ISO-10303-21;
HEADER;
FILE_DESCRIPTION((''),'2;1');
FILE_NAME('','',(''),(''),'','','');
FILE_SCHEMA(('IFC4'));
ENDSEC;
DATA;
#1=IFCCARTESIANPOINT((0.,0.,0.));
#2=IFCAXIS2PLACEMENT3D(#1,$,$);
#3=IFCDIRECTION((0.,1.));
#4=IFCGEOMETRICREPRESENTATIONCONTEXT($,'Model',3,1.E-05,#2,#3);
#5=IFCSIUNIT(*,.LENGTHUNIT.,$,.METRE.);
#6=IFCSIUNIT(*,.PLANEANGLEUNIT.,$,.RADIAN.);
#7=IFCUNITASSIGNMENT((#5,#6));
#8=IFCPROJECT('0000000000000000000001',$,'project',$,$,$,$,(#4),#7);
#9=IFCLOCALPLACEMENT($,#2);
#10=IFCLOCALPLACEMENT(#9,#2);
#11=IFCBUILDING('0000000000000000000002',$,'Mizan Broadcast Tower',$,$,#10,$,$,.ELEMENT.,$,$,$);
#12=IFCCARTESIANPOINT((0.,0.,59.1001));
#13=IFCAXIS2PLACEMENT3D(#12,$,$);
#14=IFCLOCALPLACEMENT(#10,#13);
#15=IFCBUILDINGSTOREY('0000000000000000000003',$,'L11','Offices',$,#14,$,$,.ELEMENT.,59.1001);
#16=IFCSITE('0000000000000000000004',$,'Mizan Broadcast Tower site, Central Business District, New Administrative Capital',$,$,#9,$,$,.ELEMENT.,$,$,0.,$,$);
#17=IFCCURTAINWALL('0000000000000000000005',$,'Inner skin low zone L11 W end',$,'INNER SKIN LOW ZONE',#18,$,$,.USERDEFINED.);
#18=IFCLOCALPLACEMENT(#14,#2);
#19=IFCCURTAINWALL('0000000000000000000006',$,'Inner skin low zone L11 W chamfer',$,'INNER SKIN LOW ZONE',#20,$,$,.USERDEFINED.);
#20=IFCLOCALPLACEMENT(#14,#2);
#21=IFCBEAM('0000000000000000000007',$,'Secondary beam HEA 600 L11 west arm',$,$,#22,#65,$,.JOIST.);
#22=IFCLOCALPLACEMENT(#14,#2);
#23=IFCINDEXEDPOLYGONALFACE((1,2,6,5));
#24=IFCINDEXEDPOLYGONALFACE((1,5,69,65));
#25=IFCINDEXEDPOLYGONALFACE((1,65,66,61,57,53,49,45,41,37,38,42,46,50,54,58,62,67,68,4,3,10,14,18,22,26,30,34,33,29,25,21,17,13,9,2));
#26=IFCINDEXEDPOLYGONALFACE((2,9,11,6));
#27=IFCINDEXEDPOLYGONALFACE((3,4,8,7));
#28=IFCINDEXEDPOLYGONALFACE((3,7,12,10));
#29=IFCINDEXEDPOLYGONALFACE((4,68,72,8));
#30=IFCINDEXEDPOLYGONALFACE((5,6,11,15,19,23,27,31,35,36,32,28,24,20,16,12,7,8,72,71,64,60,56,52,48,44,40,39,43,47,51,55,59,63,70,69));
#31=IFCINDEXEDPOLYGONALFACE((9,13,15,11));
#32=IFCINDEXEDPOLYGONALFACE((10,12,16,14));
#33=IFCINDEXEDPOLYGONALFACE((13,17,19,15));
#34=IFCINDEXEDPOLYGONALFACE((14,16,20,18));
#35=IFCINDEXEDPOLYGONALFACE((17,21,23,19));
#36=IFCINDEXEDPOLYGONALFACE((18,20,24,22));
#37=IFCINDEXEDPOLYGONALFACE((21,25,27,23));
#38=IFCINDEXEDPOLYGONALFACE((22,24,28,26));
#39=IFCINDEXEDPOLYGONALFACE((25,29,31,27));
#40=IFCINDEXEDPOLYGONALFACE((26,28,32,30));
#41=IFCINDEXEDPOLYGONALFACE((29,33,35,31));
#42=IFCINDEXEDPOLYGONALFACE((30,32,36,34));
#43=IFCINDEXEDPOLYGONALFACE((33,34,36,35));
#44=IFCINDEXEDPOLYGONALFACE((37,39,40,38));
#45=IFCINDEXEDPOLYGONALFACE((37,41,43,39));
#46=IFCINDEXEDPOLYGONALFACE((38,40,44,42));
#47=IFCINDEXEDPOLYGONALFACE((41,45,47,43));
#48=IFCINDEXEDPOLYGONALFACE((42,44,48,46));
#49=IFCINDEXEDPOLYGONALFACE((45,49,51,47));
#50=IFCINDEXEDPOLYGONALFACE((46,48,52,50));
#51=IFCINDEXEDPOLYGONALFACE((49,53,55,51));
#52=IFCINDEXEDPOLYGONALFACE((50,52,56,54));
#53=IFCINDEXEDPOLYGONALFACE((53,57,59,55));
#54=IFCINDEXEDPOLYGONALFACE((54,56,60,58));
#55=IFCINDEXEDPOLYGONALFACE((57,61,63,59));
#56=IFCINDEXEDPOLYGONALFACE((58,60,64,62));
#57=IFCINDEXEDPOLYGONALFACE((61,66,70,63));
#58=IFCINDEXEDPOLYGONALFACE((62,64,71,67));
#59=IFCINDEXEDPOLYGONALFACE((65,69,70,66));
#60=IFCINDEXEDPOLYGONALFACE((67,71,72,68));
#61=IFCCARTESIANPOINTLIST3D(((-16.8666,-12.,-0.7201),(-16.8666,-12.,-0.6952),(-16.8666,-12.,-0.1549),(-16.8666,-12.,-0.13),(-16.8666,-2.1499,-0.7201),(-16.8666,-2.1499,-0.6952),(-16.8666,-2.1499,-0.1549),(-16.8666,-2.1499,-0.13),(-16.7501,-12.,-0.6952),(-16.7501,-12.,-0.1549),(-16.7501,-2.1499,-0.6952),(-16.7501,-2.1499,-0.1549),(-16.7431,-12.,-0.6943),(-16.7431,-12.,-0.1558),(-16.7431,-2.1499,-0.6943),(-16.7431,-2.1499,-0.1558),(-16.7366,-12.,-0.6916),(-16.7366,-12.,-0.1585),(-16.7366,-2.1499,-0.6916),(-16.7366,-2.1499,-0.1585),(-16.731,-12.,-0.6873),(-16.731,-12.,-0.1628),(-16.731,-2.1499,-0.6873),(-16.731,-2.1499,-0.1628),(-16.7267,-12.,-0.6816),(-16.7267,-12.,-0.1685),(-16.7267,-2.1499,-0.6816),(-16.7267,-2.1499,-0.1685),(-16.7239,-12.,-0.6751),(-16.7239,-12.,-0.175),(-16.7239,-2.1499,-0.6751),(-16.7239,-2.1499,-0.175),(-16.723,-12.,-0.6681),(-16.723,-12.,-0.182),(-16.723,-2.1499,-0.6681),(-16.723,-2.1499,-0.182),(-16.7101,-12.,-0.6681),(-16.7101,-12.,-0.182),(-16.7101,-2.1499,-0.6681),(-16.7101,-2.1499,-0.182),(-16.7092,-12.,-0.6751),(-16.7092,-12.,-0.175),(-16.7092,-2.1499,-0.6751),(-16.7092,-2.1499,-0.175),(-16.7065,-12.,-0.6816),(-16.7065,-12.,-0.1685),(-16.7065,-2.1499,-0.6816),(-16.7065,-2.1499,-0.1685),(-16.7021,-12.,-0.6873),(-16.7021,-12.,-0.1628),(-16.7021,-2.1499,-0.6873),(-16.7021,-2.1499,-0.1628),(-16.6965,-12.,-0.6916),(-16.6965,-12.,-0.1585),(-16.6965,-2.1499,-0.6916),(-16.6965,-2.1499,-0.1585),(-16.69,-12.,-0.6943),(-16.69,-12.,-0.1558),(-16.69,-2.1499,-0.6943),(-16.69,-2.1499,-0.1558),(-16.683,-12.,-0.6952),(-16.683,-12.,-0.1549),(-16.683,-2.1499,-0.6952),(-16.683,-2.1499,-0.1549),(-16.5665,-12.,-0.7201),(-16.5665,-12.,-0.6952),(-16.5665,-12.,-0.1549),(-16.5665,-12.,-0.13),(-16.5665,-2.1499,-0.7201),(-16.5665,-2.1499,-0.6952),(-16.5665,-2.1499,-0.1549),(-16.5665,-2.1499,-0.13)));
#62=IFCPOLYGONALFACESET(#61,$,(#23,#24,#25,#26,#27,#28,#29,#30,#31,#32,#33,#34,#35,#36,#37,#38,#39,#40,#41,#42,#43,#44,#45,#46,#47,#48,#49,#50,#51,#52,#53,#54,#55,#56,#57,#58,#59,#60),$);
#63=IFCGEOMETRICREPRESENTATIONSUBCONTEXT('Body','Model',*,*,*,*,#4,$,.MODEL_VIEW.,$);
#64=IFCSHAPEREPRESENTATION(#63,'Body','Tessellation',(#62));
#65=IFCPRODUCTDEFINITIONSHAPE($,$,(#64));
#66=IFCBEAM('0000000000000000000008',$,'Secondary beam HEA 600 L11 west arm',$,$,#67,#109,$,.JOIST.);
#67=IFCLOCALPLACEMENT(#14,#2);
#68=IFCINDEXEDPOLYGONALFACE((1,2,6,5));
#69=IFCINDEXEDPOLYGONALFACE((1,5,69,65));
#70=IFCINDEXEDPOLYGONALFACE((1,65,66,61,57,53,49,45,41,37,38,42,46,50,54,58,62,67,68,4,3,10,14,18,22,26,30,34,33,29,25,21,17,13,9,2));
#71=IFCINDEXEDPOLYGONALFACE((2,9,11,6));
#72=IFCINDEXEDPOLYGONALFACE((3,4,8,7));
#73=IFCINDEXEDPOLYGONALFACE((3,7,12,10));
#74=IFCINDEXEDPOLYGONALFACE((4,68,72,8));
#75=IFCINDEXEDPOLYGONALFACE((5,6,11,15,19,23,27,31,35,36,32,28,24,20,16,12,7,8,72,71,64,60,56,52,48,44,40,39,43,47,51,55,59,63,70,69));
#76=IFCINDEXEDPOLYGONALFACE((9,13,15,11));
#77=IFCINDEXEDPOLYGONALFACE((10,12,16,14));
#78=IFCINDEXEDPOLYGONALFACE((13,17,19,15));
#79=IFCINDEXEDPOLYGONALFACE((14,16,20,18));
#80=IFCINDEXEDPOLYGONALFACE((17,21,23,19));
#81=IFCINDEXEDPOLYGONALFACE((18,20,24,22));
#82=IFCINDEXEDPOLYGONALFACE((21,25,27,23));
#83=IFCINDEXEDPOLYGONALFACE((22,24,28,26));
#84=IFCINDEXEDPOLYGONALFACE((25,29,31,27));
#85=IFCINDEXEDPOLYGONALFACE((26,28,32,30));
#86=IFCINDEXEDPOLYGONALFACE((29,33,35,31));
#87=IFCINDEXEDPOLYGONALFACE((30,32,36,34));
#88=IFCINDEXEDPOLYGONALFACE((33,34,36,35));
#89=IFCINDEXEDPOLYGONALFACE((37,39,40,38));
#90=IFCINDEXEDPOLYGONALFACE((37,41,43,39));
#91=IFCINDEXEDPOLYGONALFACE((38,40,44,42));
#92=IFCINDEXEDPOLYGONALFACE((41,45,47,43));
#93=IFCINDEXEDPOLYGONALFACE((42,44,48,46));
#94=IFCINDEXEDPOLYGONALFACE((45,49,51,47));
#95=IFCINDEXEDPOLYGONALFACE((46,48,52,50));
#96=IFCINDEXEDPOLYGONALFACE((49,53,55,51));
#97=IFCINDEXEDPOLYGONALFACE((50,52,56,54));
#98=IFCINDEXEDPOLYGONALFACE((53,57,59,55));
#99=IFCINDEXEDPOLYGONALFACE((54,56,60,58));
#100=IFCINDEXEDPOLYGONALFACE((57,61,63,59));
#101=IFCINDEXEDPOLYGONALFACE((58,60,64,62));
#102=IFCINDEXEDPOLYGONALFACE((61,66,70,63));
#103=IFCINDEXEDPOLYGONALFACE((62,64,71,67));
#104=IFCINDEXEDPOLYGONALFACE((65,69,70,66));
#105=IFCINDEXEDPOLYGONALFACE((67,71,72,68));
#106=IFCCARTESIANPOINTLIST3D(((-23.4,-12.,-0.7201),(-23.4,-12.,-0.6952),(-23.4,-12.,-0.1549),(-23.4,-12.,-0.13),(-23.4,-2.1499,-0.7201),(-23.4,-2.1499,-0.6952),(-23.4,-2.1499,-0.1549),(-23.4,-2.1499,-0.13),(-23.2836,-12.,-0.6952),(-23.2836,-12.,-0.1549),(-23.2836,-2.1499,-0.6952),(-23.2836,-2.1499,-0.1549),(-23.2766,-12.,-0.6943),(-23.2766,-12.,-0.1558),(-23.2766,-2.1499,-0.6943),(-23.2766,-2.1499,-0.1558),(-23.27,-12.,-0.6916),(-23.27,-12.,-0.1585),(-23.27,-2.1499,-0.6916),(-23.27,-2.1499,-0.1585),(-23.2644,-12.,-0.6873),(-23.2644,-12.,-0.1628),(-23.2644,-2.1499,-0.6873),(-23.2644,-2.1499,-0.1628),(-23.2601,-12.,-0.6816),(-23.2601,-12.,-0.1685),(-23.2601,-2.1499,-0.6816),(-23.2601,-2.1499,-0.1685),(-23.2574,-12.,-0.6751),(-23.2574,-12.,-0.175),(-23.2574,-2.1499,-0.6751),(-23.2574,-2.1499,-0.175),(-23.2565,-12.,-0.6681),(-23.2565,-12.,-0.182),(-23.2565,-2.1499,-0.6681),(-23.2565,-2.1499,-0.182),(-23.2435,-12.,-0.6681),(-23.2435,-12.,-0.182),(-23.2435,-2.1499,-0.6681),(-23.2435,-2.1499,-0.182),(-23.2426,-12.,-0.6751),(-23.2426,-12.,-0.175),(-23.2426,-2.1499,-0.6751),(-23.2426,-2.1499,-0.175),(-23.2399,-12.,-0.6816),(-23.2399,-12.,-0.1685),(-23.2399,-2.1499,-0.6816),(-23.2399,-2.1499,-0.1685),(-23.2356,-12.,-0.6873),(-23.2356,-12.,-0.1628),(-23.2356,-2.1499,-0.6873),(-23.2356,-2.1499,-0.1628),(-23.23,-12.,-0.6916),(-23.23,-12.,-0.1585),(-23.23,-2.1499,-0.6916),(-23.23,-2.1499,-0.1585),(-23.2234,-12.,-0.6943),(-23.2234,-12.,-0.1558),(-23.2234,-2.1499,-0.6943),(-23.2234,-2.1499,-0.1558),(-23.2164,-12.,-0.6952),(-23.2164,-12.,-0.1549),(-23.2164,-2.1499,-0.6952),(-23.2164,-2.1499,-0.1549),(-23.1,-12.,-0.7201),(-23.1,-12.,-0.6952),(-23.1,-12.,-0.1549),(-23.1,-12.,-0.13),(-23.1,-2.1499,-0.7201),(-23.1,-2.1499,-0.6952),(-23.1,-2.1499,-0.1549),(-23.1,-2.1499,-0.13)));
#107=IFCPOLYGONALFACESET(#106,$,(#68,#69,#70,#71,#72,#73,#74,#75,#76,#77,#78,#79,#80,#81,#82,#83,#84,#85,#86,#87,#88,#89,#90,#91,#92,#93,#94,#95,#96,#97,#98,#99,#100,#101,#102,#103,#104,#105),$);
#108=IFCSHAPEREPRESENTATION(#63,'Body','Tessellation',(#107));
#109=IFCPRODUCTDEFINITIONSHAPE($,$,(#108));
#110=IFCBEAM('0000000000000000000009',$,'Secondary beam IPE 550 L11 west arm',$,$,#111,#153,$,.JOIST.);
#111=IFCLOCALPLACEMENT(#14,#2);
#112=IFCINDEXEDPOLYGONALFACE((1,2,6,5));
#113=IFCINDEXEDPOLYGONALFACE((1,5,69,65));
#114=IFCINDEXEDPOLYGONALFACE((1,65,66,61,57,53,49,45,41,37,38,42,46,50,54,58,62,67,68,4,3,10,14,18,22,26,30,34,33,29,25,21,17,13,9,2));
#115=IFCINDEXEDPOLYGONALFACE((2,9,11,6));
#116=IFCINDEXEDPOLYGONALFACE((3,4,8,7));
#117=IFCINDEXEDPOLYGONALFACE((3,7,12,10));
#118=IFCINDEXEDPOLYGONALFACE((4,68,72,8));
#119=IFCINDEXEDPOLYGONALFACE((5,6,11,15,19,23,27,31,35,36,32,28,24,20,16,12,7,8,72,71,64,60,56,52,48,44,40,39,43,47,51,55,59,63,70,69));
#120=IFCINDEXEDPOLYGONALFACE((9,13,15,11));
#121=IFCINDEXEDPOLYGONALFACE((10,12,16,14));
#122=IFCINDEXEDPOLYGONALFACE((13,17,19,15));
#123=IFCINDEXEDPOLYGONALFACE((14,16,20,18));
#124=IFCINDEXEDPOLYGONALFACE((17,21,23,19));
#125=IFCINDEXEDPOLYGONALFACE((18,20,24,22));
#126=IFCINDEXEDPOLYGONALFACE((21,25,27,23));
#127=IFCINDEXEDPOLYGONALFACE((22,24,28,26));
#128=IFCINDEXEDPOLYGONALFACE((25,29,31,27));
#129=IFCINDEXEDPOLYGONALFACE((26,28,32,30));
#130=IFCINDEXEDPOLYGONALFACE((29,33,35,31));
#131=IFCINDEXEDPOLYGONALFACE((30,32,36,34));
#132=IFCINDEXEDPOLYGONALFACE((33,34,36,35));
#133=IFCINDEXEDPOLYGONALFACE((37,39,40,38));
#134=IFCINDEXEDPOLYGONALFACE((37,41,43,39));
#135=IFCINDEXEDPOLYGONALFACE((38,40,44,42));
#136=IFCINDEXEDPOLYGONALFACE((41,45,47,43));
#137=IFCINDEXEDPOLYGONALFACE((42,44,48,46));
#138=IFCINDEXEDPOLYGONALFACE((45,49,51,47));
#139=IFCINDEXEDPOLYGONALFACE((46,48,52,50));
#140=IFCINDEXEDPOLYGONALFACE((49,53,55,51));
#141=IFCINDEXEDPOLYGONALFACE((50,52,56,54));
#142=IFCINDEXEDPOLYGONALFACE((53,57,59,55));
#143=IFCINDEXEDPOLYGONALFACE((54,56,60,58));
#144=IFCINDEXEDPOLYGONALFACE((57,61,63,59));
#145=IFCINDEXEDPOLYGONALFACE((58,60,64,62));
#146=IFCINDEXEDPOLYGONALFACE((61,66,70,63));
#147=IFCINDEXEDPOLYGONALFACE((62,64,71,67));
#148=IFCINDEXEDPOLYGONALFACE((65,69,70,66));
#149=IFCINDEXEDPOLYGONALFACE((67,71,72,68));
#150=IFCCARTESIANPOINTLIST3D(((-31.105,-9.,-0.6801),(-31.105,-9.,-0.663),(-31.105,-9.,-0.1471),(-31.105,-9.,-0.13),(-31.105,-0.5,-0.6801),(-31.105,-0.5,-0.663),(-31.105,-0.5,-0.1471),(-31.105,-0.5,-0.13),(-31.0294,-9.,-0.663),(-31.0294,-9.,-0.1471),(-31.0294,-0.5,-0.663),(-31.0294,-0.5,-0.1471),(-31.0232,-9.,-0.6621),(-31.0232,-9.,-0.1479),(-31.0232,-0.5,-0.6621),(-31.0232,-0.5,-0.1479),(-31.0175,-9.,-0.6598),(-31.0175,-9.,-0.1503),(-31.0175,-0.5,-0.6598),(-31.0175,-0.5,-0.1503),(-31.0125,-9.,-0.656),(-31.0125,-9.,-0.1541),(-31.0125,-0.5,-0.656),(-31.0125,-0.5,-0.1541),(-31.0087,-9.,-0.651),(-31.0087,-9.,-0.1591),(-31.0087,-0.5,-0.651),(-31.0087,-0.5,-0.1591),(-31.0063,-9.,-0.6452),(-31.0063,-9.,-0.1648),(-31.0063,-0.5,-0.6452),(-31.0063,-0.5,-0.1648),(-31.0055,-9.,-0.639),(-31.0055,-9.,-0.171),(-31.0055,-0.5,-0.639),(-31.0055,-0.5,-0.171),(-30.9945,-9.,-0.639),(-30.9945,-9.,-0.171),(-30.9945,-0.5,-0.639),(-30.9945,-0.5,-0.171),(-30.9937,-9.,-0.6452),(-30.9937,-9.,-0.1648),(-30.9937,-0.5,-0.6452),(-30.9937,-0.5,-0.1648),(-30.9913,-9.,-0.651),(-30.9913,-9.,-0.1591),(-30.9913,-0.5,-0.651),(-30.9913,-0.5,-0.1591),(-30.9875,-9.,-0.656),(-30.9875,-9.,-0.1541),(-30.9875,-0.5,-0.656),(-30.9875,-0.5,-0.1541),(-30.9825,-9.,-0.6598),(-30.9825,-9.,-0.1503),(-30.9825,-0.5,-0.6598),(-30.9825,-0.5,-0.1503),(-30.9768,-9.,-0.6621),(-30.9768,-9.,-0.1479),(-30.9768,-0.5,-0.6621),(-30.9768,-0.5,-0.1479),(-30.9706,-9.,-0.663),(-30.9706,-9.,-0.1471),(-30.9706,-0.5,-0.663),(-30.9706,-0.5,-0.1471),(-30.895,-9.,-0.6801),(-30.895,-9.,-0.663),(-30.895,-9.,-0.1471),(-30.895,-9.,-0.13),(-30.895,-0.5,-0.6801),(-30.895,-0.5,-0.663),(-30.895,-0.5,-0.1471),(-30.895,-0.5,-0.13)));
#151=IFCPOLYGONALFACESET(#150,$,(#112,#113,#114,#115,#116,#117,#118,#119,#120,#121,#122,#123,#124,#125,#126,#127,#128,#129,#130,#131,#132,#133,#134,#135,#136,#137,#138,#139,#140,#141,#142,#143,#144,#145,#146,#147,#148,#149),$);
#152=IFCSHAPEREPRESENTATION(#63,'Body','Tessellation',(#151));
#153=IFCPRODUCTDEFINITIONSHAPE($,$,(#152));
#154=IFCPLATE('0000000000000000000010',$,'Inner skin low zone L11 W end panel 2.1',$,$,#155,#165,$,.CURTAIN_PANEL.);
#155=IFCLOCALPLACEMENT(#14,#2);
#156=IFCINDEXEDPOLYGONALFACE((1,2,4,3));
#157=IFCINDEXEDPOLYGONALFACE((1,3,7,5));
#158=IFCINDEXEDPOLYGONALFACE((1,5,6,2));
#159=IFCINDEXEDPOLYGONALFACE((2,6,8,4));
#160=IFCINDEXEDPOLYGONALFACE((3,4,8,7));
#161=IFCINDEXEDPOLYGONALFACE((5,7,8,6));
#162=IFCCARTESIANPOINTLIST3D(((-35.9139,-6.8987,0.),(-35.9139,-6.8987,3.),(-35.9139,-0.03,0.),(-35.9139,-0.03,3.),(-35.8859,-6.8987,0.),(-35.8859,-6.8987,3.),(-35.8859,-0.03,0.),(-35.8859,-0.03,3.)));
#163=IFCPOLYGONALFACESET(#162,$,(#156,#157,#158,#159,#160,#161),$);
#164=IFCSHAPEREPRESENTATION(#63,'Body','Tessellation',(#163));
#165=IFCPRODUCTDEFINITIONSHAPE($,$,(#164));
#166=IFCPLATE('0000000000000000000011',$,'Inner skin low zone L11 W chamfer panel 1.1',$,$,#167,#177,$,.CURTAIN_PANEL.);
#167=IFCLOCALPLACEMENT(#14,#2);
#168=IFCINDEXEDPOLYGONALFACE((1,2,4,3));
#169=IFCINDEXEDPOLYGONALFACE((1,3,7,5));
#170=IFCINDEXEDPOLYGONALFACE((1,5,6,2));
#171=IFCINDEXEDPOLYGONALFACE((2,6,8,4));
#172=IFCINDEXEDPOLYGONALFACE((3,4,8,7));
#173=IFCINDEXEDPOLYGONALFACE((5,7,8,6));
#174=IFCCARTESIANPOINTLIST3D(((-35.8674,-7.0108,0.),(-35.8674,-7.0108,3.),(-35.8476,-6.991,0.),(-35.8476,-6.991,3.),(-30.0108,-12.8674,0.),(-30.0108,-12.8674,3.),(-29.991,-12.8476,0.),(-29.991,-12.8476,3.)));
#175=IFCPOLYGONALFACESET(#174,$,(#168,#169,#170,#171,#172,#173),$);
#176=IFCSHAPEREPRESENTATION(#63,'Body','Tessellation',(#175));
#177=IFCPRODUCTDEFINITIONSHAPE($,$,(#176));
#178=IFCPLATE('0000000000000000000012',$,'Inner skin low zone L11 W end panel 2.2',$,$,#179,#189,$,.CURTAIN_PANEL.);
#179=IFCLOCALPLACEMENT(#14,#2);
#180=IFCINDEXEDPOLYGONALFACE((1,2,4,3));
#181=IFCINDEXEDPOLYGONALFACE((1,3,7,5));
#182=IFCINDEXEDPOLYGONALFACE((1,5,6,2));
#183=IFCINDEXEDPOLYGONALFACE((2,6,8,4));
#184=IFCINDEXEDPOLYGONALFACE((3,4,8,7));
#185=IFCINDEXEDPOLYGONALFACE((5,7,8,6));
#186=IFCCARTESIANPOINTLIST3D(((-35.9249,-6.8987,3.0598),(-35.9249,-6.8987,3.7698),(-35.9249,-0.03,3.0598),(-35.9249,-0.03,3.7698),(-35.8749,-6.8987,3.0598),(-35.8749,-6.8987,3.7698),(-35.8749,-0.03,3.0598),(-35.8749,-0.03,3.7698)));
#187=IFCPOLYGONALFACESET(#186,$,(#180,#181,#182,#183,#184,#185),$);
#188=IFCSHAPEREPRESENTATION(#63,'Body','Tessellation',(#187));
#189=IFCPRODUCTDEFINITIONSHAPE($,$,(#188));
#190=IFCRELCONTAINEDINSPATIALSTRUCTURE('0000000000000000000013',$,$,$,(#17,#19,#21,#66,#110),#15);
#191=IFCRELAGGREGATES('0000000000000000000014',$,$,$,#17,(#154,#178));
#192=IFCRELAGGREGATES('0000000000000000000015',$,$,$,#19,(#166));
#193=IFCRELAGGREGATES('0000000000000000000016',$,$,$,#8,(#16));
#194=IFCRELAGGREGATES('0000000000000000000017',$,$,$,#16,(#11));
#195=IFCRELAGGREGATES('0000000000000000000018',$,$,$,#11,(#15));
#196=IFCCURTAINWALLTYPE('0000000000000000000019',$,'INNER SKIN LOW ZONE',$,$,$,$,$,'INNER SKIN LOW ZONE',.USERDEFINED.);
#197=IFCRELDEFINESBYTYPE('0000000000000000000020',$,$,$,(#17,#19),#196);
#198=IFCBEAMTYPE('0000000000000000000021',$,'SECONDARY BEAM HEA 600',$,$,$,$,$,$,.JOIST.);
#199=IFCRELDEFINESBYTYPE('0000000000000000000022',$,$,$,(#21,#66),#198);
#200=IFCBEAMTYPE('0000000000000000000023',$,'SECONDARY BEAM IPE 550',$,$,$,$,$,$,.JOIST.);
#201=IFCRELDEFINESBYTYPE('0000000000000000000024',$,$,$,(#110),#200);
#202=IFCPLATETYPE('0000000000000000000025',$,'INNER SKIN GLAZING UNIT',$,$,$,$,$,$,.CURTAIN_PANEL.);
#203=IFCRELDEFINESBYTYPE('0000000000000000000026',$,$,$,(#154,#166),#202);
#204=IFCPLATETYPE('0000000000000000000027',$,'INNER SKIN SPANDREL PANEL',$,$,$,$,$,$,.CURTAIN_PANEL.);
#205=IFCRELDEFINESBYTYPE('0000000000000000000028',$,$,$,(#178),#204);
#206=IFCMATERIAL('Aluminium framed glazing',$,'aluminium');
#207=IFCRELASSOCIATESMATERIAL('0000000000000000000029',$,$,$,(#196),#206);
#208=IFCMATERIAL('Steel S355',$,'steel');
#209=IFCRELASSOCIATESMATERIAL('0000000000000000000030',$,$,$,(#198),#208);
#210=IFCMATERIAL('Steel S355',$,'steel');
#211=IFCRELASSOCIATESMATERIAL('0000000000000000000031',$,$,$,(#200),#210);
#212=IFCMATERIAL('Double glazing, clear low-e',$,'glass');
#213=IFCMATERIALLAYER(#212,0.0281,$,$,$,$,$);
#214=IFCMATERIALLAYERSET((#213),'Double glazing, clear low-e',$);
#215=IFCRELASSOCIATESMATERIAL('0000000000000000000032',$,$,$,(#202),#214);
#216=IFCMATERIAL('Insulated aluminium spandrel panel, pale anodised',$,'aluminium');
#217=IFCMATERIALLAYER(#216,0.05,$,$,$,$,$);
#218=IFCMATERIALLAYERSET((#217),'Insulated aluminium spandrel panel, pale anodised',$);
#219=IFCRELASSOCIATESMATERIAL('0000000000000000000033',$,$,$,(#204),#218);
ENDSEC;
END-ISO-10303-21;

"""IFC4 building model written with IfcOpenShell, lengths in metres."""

from ifc_helpers import new_model, si_unit, direction, frame, origin, origin_2d, place, context, subcontext, project, spatial, rectangle, i_section, extrude, material, layer, layer_set, material_profile, profile_set, type_object, element, aggregate, save


model = new_model("IFC4")

# Units and contexts
model_context = context("Model", 3, precision=1e-05, world=origin(), true_north=direction((0.0, 1.0)))
body_context = subcontext(model_context, "Body", "Model", "MODEL_VIEW")
ifc_project = project(units=[si_unit("LENGTHUNIT", "METRE"), si_unit("PLANEANGLEUNIT", "RADIAN")], contexts=[model_context])

# Site, building, storey
site_placement = place(None, origin())
site = spatial("IfcSite", under=ifc_project, at=site_placement, Name="Mizan Broadcast Tower site, Central Business District, New Administrative Capital", CompositionType="ELEMENT", RefElevation=0.0)
building_placement = place(site_placement, origin())
building = spatial("IfcBuilding", under=site, at=building_placement, Name="Mizan Broadcast Tower", CompositionType="ELEMENT")
storey_placement = place(building_placement, frame((0.0, 0.0, 59.1001)))
storey = spatial("IfcBuildingStorey", under=building, at=storey_placement, Name="L11", Description="Offices", CompositionType="ELEMENT", Elevation=59.1001)

# Curtain wall
ifc_material_1 = material(Name="Aluminium framed glazing", Category="aluminium")
curtain_wall_type_1 = type_object("IfcCurtainWallType", Name="INNER SKIN LOW ZONE", ElementType="INNER SKIN LOW ZONE", PredefinedType="USERDEFINED", material=ifc_material_1)
curtain_wall_1_placement = place(storey_placement, origin())
curtain_wall_1 = element("IfcCurtainWall", 1, at=curtain_wall_1_placement, inside=storey, type_object=curtain_wall_type_1, Name="Inner skin low zone L11 W end", ObjectType="INNER SKIN LOW ZONE", PredefinedType="USERDEFINED")

# Curtain wall
curtain_wall_2_placement = place(storey_placement, origin())
curtain_wall_2 = element("IfcCurtainWall", 2, at=curtain_wall_2_placement, inside=storey, type_object=curtain_wall_type_1, Name="Inner skin low zone L11 W chamfer", ObjectType="INNER SKIN LOW ZONE", PredefinedType="USERDEFINED")

# Beams
ifc_material_2 = material(Name="Steel S355", Category="steel")
ifc_material_profile_1 = material_profile(ifc_material_2, i_section(OverallWidth=0.3, OverallDepth=0.5901, WebThickness=0.0129, FlangeThickness=0.0249, FilletRadius=0.0271, at=origin_2d()), Name="HEA 600")
ifc_profile_set_1 = profile_set([ifc_material_profile_1], Name="Steel S355")
beam_type_1 = type_object("IfcBeamType", Name="SECONDARY BEAM HEA 600", PredefinedType="JOIST", material=ifc_profile_set_1)
for number, where, z_axis, x_axis, name in (
    (3, (-16.7166, -12.0, -0.425), (0.0, 1.0, 0.0), (-1.0, 0.0, 0.0), "Secondary beam HEA 600 L11 west arm"),
    (4, (-23.25, -12.0, -0.425), (0.0, 1.0, 0.0), (-1.0, 0.0, 0.0), "Secondary beam HEA 600 L11 west arm"),
):
    element("IfcBeam", number, at=place(storey_placement, frame(where, z_axis=z_axis, x_axis=x_axis)), inside=storey, type_object=beam_type_1, Name=name, PredefinedType="JOIST", context=body_context, shape_type="SweptSolid", body=[
        extrude(i_section(OverallWidth=0.3, OverallDepth=0.5901, WebThickness=0.0129, FlangeThickness=0.0249, FilletRadius=0.0271, at=origin_2d()), origin(), (0.0, 0.0, 1.0), 9.8501),
    ])
ifc_material_3 = material(Name="Steel S355", Category="steel")
ifc_material_profile_2 = material_profile(ifc_material_3, i_section(OverallWidth=0.21, OverallDepth=0.55, WebThickness=0.011, FlangeThickness=0.0171, FilletRadius=0.0239, at=origin_2d()), Name="IPE 550")
ifc_profile_set_2 = profile_set([ifc_material_profile_2], Name="Steel S355")
beam_type_2 = type_object("IfcBeamType", Name="SECONDARY BEAM IPE 550", PredefinedType="JOIST", material=ifc_profile_set_2)
beam_1_placement = place(storey_placement, frame((-31.0, -9.0, -0.405), z_axis=(0.0, 1.0, 0.0), x_axis=(-1.0, 0.0, 0.0)))
element("IfcBeam", 5, at=beam_1_placement, inside=storey, type_object=beam_type_2, Name="Secondary beam IPE 550 L11 west arm", PredefinedType="JOIST", context=body_context, shape_type="SweptSolid", body=[
    extrude(i_section(OverallWidth=0.21, OverallDepth=0.55, WebThickness=0.011, FlangeThickness=0.0171, FilletRadius=0.0239, at=origin_2d()), origin(), (0.0, 0.0, 1.0), 8.5),
])

# Plates
ifc_material_4 = material(Name="Double glazing, clear low-e", Category="glass")
ifc_layer_1 = layer(ifc_material_4, 0.0281)
ifc_layer_set_1 = layer_set([ifc_layer_1], Name="Double glazing, clear low-e")
plate_type_1 = type_object("IfcPlateType", Name="INNER SKIN GLAZING UNIT", PredefinedType="CURTAIN_PANEL", material=ifc_layer_set_1)
plate_1_placement = place(storey_placement, frame((-35.8999, -3.4644, 0.0), z_axis=(0.0, 0.0, 1.0), x_axis=(0.0, -1.0, 0.0)))
plate_1 = element("IfcPlate", 6, at=plate_1_placement, type_object=plate_type_1, Name="Inner skin low zone L11 W end panel 2.1", PredefinedType="CURTAIN_PANEL", context=body_context, shape_type="SweptSolid", body=[
    extrude(rectangle(XDim=6.8687, YDim=0.0281, at=origin_2d()), origin(), (0.0, 0.0, 1.0), 3.0),
])
plate_2_placement = place(storey_placement, frame((-32.9292, -9.9292, 0.0), z_axis=(0.0, 0.0, 1.0), x_axis=(0.707107, -0.707107, 0.0)))
plate_2 = element("IfcPlate", 7, at=plate_2_placement, type_object=plate_type_1, Name="Inner skin low zone L11 W chamfer panel 1.1", PredefinedType="CURTAIN_PANEL", context=body_context, shape_type="SweptSolid", body=[
    extrude(rectangle(XDim=8.2825, YDim=0.0281, at=origin_2d()), origin(), (0.0, 0.0, 1.0), 3.0),
])
ifc_material_5 = material(Name="Insulated aluminium spandrel panel, pale anodised", Category="aluminium")
ifc_layer_2 = layer(ifc_material_5, 0.05)
ifc_layer_set_2 = layer_set([ifc_layer_2], Name="Insulated aluminium spandrel panel, pale anodised")
plate_type_2 = type_object("IfcPlateType", Name="INNER SKIN SPANDREL PANEL", PredefinedType="CURTAIN_PANEL", material=ifc_layer_set_2)
plate_3_placement = place(storey_placement, frame((-35.8999, -3.4644, 3.0598), z_axis=(0.0, 0.0, 1.0), x_axis=(0.0, -1.0, 0.0)))
plate_3 = element("IfcPlate", 8, at=plate_3_placement, type_object=plate_type_2, Name="Inner skin low zone L11 W end panel 2.2", PredefinedType="CURTAIN_PANEL", context=body_context, shape_type="SweptSolid", body=[
    extrude(rectangle(XDim=6.8687, YDim=0.05, at=origin_2d()), origin(), (0.0, 0.0, 1.0), 0.71),
])
aggregate(curtain_wall_1, [plate_1, plate_3])
aggregate(curtain_wall_2, [plate_2])

save(model, "model.ifc")
